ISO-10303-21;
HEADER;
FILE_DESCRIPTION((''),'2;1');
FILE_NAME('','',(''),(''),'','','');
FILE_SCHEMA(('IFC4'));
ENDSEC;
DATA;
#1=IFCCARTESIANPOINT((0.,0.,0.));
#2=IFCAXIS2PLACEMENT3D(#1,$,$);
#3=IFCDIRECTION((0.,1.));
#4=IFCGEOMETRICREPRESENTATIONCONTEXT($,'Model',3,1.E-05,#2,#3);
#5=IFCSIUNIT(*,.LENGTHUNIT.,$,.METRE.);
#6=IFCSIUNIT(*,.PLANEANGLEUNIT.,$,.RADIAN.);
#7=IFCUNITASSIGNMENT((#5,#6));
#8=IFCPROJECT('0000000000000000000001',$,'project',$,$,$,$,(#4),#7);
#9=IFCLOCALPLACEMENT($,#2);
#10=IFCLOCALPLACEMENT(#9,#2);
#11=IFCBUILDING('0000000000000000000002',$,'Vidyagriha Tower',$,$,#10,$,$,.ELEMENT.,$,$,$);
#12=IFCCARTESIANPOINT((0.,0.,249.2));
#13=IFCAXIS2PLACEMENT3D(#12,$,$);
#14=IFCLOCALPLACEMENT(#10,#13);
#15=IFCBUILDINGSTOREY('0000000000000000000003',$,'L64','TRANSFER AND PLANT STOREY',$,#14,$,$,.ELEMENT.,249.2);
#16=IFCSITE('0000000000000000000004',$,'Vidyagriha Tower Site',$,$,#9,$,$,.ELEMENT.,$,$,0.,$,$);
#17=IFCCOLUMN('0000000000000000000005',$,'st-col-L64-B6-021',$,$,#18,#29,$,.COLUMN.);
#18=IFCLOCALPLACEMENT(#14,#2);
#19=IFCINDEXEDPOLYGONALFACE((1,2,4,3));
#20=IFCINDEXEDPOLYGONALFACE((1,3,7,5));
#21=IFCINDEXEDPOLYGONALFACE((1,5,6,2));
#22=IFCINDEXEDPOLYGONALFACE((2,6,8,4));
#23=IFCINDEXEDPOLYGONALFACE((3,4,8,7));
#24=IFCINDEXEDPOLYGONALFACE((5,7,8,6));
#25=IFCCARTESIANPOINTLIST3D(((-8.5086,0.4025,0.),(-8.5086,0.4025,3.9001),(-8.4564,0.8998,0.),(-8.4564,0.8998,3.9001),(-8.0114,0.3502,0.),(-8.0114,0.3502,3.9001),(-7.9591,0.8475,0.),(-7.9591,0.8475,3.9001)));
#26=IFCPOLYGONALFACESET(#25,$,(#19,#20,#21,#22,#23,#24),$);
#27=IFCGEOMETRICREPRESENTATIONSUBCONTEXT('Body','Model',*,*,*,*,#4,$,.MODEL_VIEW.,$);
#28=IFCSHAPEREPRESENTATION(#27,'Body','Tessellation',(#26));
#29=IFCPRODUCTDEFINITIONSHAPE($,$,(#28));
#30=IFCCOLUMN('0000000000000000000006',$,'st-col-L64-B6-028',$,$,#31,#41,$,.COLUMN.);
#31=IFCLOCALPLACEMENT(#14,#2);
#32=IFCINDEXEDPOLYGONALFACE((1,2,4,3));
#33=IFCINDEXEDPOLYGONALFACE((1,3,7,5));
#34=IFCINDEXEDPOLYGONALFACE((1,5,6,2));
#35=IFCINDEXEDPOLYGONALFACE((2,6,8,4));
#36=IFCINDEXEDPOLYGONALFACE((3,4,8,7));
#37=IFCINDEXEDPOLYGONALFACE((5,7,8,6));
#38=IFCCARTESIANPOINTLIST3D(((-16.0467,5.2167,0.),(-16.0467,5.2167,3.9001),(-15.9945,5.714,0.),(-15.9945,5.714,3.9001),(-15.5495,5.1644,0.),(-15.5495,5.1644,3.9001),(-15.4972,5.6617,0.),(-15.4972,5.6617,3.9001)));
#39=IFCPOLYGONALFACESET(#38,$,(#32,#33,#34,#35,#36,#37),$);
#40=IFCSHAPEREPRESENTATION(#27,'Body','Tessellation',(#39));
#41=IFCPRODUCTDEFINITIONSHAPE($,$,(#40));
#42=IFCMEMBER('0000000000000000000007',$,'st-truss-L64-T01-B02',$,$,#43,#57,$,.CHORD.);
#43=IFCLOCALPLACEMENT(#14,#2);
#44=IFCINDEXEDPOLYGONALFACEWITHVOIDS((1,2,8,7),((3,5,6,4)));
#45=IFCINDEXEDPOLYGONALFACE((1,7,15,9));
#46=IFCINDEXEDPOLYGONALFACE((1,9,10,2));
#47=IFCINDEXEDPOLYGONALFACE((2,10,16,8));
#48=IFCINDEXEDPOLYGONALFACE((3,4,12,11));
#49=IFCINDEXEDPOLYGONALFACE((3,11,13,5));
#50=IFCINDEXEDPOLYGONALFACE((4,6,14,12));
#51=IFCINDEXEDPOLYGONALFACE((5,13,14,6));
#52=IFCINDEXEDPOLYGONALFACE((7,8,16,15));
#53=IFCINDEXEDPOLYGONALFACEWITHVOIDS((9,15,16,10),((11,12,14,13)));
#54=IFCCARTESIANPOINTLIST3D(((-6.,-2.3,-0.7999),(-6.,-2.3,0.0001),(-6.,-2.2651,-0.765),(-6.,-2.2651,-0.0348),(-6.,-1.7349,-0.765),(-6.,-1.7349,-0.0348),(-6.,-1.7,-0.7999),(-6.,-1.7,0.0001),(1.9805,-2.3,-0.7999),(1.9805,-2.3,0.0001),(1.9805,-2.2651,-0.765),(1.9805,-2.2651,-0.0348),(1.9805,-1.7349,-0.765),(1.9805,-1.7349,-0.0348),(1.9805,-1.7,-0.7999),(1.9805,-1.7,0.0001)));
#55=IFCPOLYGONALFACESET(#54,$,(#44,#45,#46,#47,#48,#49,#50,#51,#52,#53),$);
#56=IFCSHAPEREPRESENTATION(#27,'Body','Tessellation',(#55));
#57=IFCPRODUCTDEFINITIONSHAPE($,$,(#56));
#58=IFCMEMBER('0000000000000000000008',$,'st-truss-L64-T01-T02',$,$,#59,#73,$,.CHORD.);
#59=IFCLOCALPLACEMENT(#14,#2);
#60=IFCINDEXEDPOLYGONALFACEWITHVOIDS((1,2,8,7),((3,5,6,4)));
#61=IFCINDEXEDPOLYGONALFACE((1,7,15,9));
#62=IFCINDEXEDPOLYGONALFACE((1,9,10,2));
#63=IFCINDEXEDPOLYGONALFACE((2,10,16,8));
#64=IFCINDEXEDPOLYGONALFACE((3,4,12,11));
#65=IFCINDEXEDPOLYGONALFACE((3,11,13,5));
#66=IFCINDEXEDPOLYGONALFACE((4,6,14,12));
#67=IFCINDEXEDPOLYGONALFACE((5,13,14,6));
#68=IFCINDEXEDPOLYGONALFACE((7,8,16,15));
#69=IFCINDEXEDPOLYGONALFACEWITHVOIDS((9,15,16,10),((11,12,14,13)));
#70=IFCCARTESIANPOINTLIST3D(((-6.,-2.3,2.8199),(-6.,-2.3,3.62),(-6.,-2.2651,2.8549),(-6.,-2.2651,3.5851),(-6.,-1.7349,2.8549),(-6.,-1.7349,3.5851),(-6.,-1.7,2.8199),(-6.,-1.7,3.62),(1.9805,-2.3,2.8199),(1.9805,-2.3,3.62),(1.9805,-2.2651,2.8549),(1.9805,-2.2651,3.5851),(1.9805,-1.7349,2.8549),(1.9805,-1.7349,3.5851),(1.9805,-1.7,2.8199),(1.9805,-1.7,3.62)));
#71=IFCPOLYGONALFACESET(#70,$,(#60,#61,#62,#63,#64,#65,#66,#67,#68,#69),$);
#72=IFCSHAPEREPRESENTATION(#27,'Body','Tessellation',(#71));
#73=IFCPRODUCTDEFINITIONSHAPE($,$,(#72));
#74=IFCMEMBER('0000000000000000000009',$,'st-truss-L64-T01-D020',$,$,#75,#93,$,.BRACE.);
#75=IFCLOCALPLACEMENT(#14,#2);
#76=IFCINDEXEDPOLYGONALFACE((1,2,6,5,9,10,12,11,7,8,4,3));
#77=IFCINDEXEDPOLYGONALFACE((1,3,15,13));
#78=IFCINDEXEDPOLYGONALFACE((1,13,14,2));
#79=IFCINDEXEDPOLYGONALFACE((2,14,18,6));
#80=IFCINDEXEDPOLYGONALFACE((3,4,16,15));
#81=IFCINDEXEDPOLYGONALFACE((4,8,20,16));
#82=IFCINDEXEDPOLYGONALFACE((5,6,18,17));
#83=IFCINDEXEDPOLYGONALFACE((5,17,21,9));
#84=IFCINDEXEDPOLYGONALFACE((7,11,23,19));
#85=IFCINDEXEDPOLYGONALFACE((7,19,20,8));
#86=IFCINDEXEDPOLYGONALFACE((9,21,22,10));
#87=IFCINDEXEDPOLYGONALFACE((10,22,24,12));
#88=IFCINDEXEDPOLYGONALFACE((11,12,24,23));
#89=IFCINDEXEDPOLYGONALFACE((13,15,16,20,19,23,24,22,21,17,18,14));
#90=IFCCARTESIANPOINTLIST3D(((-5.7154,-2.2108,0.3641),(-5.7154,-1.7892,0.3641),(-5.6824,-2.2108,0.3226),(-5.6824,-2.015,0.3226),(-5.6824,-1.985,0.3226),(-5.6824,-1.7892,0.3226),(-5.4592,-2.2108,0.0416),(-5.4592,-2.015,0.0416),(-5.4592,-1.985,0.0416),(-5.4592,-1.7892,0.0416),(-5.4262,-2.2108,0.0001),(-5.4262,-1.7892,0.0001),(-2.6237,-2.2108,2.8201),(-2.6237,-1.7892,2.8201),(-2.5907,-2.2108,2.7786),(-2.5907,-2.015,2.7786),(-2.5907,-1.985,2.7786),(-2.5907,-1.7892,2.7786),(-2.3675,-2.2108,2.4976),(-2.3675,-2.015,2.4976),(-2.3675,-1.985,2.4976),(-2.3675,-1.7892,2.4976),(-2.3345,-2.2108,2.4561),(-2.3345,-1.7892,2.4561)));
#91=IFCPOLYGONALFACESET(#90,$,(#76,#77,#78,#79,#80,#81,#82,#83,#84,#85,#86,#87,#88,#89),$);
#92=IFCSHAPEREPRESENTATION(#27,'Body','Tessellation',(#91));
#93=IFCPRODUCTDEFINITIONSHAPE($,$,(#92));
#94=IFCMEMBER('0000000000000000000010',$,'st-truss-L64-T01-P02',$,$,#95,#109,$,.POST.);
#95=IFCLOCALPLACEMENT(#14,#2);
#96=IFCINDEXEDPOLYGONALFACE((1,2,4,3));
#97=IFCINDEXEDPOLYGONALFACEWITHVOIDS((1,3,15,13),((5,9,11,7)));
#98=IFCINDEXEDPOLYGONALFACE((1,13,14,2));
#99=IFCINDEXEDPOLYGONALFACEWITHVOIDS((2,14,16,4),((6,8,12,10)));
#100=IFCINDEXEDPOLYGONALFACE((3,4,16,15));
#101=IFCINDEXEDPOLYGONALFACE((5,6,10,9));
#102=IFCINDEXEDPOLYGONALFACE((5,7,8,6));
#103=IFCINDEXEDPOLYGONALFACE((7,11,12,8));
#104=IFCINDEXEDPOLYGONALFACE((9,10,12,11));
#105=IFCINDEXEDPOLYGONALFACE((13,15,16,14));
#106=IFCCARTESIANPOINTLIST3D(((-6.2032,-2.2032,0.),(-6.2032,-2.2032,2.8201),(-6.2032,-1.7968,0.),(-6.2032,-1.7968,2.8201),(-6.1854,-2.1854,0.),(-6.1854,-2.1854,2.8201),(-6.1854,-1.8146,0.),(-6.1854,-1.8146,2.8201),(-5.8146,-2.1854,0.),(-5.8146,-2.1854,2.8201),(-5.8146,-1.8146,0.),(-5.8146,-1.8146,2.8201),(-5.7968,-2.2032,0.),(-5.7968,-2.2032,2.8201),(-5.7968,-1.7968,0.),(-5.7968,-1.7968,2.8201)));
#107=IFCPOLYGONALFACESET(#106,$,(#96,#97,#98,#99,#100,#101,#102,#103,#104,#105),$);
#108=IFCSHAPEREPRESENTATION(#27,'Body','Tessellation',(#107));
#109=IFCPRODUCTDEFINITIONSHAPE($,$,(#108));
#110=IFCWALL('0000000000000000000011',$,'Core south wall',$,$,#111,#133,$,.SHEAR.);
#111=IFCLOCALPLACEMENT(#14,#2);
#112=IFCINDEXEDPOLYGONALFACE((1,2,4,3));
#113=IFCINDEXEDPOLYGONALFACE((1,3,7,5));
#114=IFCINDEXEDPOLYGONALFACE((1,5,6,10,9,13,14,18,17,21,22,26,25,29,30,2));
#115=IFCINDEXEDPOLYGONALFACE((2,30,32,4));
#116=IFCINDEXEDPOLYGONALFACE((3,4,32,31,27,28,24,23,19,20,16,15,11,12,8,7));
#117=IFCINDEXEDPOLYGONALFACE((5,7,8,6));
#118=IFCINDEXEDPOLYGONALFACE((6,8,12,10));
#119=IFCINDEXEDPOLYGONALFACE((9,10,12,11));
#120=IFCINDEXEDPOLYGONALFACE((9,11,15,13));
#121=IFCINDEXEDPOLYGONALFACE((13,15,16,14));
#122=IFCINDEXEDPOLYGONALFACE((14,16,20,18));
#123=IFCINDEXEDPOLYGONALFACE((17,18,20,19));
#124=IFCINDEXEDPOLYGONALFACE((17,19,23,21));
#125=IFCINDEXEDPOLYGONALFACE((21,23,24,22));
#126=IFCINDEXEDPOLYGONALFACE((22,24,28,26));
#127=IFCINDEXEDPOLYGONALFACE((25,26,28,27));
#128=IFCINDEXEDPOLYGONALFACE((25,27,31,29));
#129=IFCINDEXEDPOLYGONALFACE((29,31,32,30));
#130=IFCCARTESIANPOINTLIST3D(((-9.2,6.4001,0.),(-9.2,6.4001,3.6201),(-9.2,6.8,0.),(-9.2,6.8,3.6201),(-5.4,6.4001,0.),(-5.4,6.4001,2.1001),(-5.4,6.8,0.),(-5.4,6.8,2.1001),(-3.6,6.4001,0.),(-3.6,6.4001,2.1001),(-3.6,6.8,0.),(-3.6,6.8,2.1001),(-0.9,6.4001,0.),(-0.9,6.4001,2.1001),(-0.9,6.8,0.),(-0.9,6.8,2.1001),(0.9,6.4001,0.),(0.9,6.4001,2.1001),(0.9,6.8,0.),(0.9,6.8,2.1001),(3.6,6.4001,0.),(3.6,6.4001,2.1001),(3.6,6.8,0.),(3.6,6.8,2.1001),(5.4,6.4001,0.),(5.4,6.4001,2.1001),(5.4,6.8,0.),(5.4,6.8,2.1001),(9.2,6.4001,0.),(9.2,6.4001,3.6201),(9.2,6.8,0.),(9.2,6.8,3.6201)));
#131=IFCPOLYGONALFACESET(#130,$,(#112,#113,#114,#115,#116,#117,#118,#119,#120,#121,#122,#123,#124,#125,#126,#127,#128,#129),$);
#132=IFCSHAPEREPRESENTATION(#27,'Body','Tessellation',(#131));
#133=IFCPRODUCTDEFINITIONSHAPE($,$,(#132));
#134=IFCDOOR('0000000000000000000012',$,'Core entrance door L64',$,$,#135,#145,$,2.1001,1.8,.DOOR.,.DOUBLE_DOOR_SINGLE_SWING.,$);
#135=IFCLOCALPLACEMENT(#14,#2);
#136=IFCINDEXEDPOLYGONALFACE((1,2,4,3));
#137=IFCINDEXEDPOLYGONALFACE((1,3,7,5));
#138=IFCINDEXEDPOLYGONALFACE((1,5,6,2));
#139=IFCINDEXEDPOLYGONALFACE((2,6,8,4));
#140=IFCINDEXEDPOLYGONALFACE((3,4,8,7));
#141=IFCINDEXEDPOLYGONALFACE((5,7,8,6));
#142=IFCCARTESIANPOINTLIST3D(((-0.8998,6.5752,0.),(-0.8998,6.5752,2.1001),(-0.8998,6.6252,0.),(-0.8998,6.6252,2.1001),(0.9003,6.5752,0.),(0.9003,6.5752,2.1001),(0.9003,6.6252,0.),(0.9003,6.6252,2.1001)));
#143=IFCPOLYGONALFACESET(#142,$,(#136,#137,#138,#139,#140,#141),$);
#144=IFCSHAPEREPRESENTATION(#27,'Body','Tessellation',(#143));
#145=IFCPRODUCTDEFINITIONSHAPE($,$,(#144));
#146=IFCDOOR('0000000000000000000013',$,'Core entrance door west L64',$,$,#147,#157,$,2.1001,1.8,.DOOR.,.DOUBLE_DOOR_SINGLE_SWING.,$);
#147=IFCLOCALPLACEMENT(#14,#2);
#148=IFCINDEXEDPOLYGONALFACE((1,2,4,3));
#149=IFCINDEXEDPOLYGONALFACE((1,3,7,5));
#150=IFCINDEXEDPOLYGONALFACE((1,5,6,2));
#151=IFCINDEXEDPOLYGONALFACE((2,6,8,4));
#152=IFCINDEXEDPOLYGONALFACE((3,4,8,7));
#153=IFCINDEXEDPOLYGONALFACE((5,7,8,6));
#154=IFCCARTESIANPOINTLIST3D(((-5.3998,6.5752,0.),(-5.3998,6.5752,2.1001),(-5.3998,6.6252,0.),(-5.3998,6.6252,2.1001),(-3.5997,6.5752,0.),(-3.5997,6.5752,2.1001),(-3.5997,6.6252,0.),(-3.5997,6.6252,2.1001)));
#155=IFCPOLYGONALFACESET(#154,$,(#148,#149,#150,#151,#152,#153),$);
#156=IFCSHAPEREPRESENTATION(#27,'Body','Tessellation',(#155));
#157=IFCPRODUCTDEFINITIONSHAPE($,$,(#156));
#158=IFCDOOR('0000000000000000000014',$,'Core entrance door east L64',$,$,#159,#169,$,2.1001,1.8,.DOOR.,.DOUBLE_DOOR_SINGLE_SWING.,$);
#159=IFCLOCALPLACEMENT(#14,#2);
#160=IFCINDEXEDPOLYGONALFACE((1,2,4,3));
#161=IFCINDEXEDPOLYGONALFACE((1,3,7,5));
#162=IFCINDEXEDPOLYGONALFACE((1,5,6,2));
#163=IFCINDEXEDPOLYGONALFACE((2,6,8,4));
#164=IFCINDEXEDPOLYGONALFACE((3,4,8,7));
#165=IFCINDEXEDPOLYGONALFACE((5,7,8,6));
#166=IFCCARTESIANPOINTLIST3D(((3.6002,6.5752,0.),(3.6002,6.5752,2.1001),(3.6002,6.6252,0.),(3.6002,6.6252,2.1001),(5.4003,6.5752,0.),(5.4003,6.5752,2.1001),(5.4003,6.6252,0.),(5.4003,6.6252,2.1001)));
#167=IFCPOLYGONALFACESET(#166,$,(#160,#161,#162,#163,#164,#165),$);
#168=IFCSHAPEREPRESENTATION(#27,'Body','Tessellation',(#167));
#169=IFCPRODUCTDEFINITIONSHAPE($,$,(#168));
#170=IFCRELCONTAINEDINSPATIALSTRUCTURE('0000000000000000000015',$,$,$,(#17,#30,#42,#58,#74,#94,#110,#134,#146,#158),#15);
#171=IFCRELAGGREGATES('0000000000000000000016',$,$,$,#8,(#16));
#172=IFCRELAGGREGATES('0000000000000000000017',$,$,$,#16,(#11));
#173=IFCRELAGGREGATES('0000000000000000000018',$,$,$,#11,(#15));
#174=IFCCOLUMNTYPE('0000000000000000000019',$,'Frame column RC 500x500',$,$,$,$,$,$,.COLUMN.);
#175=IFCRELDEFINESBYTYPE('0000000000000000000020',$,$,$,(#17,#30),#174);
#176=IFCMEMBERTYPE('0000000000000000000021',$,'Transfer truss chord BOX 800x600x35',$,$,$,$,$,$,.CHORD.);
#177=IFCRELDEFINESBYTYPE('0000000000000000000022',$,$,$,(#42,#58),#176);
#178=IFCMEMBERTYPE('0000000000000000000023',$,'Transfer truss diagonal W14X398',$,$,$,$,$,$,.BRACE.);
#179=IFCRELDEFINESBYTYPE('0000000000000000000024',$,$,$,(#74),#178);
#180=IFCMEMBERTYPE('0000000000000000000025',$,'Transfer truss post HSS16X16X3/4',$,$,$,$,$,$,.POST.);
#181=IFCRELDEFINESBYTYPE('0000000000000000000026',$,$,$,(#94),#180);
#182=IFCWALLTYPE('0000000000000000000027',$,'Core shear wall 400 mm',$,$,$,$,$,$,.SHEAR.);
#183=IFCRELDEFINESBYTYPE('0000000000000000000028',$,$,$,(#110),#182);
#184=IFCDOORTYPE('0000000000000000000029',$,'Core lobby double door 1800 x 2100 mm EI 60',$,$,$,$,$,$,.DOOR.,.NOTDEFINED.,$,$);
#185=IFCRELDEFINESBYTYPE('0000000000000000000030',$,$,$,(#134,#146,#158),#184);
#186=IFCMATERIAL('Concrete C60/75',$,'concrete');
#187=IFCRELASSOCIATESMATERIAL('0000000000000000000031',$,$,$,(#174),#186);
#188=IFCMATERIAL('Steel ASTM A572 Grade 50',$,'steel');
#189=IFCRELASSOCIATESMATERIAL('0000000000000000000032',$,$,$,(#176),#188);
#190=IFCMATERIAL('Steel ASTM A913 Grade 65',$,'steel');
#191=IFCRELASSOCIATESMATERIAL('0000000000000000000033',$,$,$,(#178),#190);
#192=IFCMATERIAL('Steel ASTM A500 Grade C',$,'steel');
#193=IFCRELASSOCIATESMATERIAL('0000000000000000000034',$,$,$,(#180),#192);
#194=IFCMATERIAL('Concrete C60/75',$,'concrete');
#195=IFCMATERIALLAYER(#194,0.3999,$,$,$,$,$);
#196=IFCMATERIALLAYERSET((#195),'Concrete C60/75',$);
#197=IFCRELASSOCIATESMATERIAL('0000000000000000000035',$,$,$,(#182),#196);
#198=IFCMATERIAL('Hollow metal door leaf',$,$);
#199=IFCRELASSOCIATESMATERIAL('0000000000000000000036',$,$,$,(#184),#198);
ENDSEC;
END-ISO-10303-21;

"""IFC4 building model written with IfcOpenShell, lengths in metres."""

from ifc_helpers import new_model, si_unit, direction, frame, frame_2d, origin, origin_2d, place, context, subcontext, project, spatial, rectangle, hollow_rectangle, i_section, extrude, material, layer, layer_set, material_profile, profile_set, type_object, element, fill, save


model = new_model("IFC4")

# Units and contexts
model_context = context("Model", 3, precision=1e-05, world=origin(), true_north=direction((0.0, 1.0)))
body_context = subcontext(model_context, "Body", "Model", "MODEL_VIEW")
ifc_project = project(units=[si_unit("LENGTHUNIT", "METRE"), si_unit("PLANEANGLEUNIT", "RADIAN")], contexts=[model_context])

# Site, building, storey
site_placement = place(None, origin())
site = spatial("IfcSite", under=ifc_project, at=site_placement, Name="Vidyagriha Tower Site", CompositionType="ELEMENT", RefElevation=0.0)
building_placement = place(site_placement, origin())
building = spatial("IfcBuilding", under=site, at=building_placement, Name="Vidyagriha Tower", CompositionType="ELEMENT")
storey_placement = place(building_placement, frame((0.0, 0.0, 249.2)))
storey = spatial("IfcBuildingStorey", under=building, at=storey_placement, Name="L64", Description="TRANSFER AND PLANT STOREY", CompositionType="ELEMENT", Elevation=249.2)

# Columns
ifc_material_1 = material(Name="Concrete C60/75", Category="concrete")
ifc_material_profile_1 = material_profile(ifc_material_1, rectangle(XDim=0.5, YDim=0.5, at=origin_2d()), Name="RC 500x500")
ifc_profile_set_1 = profile_set([ifc_material_profile_1], Name="Concrete C60/75")
column_type = type_object("IfcColumnType", Name="Frame column RC 500x500", PredefinedType="COLUMN", material=ifc_profile_set_1)
for number, where, z_axis, x_axis, name in (
    (1, (-8.2339, 0.625, 0.0), (0.0, 0.0, 1.0), (0.994522, -0.104528, 0.0), "st-col-L64-B6-021"),
    (2, (-15.772, 5.4392, 0.0), (0.0, 0.0, 1.0), (0.994522, -0.104528, 0.0), "st-col-L64-B6-028"),
):
    element("IfcColumn", number, at=place(storey_placement, frame(where, z_axis=z_axis, x_axis=x_axis)), inside=storey, type_object=column_type, Name=name, PredefinedType="COLUMN", context=body_context, shape_type="SweptSolid", body=[
        extrude(rectangle(XDim=0.5, YDim=0.5, at=origin_2d()), origin(), (0.0, 0.0, 1.0), 3.9001),
    ])

# Members
ifc_material_2 = material(Name="Steel ASTM A572 Grade 50", Category="steel")
ifc_material_profile_2 = material_profile(ifc_material_2, hollow_rectangle(XDim=0.6001, YDim=0.8, WallThickness=0.0349, at=origin_2d()), Name="BOX 800x600x35")
ifc_profile_set_2 = profile_set([ifc_material_profile_2], Name="Steel ASTM A572 Grade 50")
member_type_1 = type_object("IfcMemberType", Name="Transfer truss chord BOX 800x600x35", PredefinedType="CHORD", material=ifc_profile_set_2)
for number, where, z_axis, x_axis, name in (
    (3, (-6.0, -2.0, -0.3999), (1.0, 0.0, 0.0), (0.0, 1.0, 0.0), "st-truss-L64-T01-B02"),
    (4, (-6.0, -2.0, 3.22), (1.0, 0.0, 0.0), (0.0, 1.0, 0.0), "st-truss-L64-T01-T02"),
):
    element("IfcMember", number, at=place(storey_placement, frame(where, z_axis=z_axis, x_axis=x_axis)), inside=storey, type_object=member_type_1, Name=name, PredefinedType="CHORD", context=body_context, shape_type="SweptSolid", body=[
        extrude(hollow_rectangle(XDim=0.6001, YDim=0.8, WallThickness=0.0349, at=origin_2d()), origin(), (0.0, 0.0, 1.0), 7.9805),
    ])
ifc_material_3 = material(Name="Steel ASTM A913 Grade 65", Category="steel")
ifc_material_profile_3 = material_profile(ifc_material_3, i_section(OverallWidth=0.4216, OverallDepth=0.4648, WebThickness=0.03, FlangeThickness=0.053, at=origin_2d()), Name="W14X398")
ifc_profile_set_3 = profile_set([ifc_material_profile_3], Name="Steel ASTM A913 Grade 65")
member_type_2 = type_object("IfcMemberType", Name="Transfer truss diagonal W14X398", PredefinedType="BRACE", material=ifc_profile_set_3)
member_1_placement = place(storey_placement, frame((-5.5708, -2.0, 0.1821), z_axis=(0.783012, 0.0, 0.622007), x_axis=(0.0, 1.0, 0.0)))
element("IfcMember", 5, at=member_1_placement, inside=storey, type_object=member_type_2, Name="st-truss-L64-T01-D020", PredefinedType="BRACE", context=body_context, shape_type="SweptSolid", body=[
    extrude(i_section(OverallWidth=0.4216, OverallDepth=0.4648, WebThickness=0.03, FlangeThickness=0.053, at=origin_2d()), origin(), (0.0, 0.0, 1.0), 3.9485),
])
ifc_material_4 = material(Name="Steel ASTM A500 Grade C", Category="steel")
ifc_material_profile_4 = material_profile(ifc_material_4, hollow_rectangle(XDim=0.4065, YDim=0.4065, WallThickness=0.0178, at=origin_2d()), Name="HSS16X16X3/4")
ifc_profile_set_4 = profile_set([ifc_material_profile_4], Name="Steel ASTM A500 Grade C")
member_type_3 = type_object("IfcMemberType", Name="Transfer truss post HSS16X16X3/4", PredefinedType="POST", material=ifc_profile_set_4)
member_2_placement = place(storey_placement, frame((-6.0, -2.0, 0.0)))
element("IfcMember", 6, at=member_2_placement, inside=storey, type_object=member_type_3, Name="st-truss-L64-T01-P02", PredefinedType="POST", context=body_context, shape_type="SweptSolid", body=[
    extrude(hollow_rectangle(XDim=0.4065, YDim=0.4065, WallThickness=0.0178, at=origin_2d()), origin(), (0.0, 0.0, 1.0), 2.8201),
])

# Wall, openings, doors
ifc_material_5 = material(Name="Concrete C60/75", Category="concrete")
ifc_layer_1 = layer(ifc_material_5, 0.3999)
ifc_layer_set_1 = layer_set([ifc_layer_1], Name="Concrete C60/75")
wall_type_1 = type_object("IfcWallType", Name="Core shear wall 400 mm", PredefinedType="SHEAR", material=ifc_layer_set_1)
wall_1_placement = place(storey_placement, frame((-9.2, 6.6001, 0.0)))
wall_1 = element("IfcWall", 7, at=wall_1_placement, inside=storey, type_object=wall_type_1, Name="Core south wall", PredefinedType="SHEAR", context=body_context, shape_type="SweptSolid", body=[
    extrude(rectangle(XDim=18.3999, YDim=0.3999, at=frame_2d((9.2, 0.0))), origin(), (0.0, 0.0, 1.0), 3.6201),
])
opening_1_placement = place(wall_1_placement, frame((8.3, 0.0, 0.0)))
opening_1 = element("IfcOpeningElement", 8, at=opening_1_placement, cuts=wall_1, PredefinedType="OPENING", context=body_context, shape_type="SweptSolid", body=[
    extrude(rectangle(XDim=1.8, YDim=2.1001, at=frame_2d((0.8999, 1.05))), frame((0.0, 0.21, 0.0), z_axis=(0.0, -1.0, 0.0), x_axis=(1.0, 0.0, 0.0)), (0.0, 0.0, 1.0), 0.4199),
])
opening_2_placement = place(wall_1_placement, frame((3.8, 0.0, 0.0)))
opening_2 = element("IfcOpeningElement", 9, at=opening_2_placement, cuts=wall_1, PredefinedType="OPENING", context=body_context, shape_type="SweptSolid", body=[
    extrude(rectangle(XDim=1.8, YDim=2.1001, at=frame_2d((0.8999, 1.05))), frame((0.0, 0.21, 0.0), z_axis=(0.0, -1.0, 0.0), x_axis=(1.0, 0.0, 0.0)), (0.0, 0.0, 1.0), 0.4199),
])
opening_3_placement = place(wall_1_placement, frame((12.8, 0.0, 0.0)))
opening_3 = element("IfcOpeningElement", 10, at=opening_3_placement, cuts=wall_1, PredefinedType="OPENING", context=body_context, shape_type="SweptSolid", body=[
    extrude(rectangle(XDim=1.8, YDim=2.1001, at=frame_2d((0.8999, 1.05))), frame((0.0, 0.21, 0.0), z_axis=(0.0, -1.0, 0.0), x_axis=(1.0, 0.0, 0.0)), (0.0, 0.0, 1.0), 0.4199),
])
ifc_material_6 = material(Name="Hollow metal door leaf")
door_type = type_object("IfcDoorType", Name="Core lobby double door 1800 x 2100 mm EI 60", OperationType="NOTDEFINED", PredefinedType="DOOR", material=ifc_material_6)
door_1_placement = place(opening_1_placement, frame((1.8, 0.0, 0.0), z_axis=(0.0, 0.0, 1.0), x_axis=(-1.0, 0.0, 0.0)))
door_1 = element("IfcDoor", 11, at=door_1_placement, inside=storey, type_object=door_type, Name="Core entrance door L64", OperationType="DOUBLE_DOOR_SINGLE_SWING", OverallHeight=2.1001, OverallWidth=1.8, PredefinedType="DOOR", context=body_context, shape_type="SweptSolid", body=[
    extrude(rectangle(XDim=1.8, YDim=2.1001, at=frame_2d((0.8999, 1.05))), frame((0.0, 0.0249, 0.0), z_axis=(0.0, -1.0, 0.0), x_axis=(1.0, 0.0, 0.0)), (0.0, 0.0, 1.0), 0.05),
])
fill(opening_1, door_1)
door_2_placement = place(opening_2_placement, frame((1.8, 0.0, 0.0), z_axis=(0.0, 0.0, 1.0), x_axis=(-1.0, 0.0, 0.0)))
door_2 = element("IfcDoor", 12, at=door_2_placement, inside=storey, type_object=door_type, Name="Core entrance door west L64", OperationType="DOUBLE_DOOR_SINGLE_SWING", OverallHeight=2.1001, OverallWidth=1.8, PredefinedType="DOOR", context=body_context, shape_type="SweptSolid", body=[
    extrude(rectangle(XDim=1.8, YDim=2.1001, at=frame_2d((0.8999, 1.05))), frame((0.0, 0.0249, 0.0), z_axis=(0.0, -1.0, 0.0), x_axis=(1.0, 0.0, 0.0)), (0.0, 0.0, 1.0), 0.05),
])
fill(opening_2, door_2)
door_3_placement = place(opening_3_placement, frame((1.8, 0.0, 0.0), z_axis=(0.0, 0.0, 1.0), x_axis=(-1.0, 0.0, 0.0)))
door_3 = element("IfcDoor", 13, at=door_3_placement, inside=storey, type_object=door_type, Name="Core entrance door east L64", OperationType="DOUBLE_DOOR_SINGLE_SWING", OverallHeight=2.1001, OverallWidth=1.8, PredefinedType="DOOR", context=body_context, shape_type="SweptSolid", body=[
    extrude(rectangle(XDim=1.8, YDim=2.1001, at=frame_2d((0.8999, 1.05))), frame((0.0, 0.0249, 0.0), z_axis=(0.0, -1.0, 0.0), x_axis=(1.0, 0.0, 0.0)), (0.0, 0.0, 1.0), 0.05),
])
fill(opening_3, door_3)

save(model, "model.ifc")
